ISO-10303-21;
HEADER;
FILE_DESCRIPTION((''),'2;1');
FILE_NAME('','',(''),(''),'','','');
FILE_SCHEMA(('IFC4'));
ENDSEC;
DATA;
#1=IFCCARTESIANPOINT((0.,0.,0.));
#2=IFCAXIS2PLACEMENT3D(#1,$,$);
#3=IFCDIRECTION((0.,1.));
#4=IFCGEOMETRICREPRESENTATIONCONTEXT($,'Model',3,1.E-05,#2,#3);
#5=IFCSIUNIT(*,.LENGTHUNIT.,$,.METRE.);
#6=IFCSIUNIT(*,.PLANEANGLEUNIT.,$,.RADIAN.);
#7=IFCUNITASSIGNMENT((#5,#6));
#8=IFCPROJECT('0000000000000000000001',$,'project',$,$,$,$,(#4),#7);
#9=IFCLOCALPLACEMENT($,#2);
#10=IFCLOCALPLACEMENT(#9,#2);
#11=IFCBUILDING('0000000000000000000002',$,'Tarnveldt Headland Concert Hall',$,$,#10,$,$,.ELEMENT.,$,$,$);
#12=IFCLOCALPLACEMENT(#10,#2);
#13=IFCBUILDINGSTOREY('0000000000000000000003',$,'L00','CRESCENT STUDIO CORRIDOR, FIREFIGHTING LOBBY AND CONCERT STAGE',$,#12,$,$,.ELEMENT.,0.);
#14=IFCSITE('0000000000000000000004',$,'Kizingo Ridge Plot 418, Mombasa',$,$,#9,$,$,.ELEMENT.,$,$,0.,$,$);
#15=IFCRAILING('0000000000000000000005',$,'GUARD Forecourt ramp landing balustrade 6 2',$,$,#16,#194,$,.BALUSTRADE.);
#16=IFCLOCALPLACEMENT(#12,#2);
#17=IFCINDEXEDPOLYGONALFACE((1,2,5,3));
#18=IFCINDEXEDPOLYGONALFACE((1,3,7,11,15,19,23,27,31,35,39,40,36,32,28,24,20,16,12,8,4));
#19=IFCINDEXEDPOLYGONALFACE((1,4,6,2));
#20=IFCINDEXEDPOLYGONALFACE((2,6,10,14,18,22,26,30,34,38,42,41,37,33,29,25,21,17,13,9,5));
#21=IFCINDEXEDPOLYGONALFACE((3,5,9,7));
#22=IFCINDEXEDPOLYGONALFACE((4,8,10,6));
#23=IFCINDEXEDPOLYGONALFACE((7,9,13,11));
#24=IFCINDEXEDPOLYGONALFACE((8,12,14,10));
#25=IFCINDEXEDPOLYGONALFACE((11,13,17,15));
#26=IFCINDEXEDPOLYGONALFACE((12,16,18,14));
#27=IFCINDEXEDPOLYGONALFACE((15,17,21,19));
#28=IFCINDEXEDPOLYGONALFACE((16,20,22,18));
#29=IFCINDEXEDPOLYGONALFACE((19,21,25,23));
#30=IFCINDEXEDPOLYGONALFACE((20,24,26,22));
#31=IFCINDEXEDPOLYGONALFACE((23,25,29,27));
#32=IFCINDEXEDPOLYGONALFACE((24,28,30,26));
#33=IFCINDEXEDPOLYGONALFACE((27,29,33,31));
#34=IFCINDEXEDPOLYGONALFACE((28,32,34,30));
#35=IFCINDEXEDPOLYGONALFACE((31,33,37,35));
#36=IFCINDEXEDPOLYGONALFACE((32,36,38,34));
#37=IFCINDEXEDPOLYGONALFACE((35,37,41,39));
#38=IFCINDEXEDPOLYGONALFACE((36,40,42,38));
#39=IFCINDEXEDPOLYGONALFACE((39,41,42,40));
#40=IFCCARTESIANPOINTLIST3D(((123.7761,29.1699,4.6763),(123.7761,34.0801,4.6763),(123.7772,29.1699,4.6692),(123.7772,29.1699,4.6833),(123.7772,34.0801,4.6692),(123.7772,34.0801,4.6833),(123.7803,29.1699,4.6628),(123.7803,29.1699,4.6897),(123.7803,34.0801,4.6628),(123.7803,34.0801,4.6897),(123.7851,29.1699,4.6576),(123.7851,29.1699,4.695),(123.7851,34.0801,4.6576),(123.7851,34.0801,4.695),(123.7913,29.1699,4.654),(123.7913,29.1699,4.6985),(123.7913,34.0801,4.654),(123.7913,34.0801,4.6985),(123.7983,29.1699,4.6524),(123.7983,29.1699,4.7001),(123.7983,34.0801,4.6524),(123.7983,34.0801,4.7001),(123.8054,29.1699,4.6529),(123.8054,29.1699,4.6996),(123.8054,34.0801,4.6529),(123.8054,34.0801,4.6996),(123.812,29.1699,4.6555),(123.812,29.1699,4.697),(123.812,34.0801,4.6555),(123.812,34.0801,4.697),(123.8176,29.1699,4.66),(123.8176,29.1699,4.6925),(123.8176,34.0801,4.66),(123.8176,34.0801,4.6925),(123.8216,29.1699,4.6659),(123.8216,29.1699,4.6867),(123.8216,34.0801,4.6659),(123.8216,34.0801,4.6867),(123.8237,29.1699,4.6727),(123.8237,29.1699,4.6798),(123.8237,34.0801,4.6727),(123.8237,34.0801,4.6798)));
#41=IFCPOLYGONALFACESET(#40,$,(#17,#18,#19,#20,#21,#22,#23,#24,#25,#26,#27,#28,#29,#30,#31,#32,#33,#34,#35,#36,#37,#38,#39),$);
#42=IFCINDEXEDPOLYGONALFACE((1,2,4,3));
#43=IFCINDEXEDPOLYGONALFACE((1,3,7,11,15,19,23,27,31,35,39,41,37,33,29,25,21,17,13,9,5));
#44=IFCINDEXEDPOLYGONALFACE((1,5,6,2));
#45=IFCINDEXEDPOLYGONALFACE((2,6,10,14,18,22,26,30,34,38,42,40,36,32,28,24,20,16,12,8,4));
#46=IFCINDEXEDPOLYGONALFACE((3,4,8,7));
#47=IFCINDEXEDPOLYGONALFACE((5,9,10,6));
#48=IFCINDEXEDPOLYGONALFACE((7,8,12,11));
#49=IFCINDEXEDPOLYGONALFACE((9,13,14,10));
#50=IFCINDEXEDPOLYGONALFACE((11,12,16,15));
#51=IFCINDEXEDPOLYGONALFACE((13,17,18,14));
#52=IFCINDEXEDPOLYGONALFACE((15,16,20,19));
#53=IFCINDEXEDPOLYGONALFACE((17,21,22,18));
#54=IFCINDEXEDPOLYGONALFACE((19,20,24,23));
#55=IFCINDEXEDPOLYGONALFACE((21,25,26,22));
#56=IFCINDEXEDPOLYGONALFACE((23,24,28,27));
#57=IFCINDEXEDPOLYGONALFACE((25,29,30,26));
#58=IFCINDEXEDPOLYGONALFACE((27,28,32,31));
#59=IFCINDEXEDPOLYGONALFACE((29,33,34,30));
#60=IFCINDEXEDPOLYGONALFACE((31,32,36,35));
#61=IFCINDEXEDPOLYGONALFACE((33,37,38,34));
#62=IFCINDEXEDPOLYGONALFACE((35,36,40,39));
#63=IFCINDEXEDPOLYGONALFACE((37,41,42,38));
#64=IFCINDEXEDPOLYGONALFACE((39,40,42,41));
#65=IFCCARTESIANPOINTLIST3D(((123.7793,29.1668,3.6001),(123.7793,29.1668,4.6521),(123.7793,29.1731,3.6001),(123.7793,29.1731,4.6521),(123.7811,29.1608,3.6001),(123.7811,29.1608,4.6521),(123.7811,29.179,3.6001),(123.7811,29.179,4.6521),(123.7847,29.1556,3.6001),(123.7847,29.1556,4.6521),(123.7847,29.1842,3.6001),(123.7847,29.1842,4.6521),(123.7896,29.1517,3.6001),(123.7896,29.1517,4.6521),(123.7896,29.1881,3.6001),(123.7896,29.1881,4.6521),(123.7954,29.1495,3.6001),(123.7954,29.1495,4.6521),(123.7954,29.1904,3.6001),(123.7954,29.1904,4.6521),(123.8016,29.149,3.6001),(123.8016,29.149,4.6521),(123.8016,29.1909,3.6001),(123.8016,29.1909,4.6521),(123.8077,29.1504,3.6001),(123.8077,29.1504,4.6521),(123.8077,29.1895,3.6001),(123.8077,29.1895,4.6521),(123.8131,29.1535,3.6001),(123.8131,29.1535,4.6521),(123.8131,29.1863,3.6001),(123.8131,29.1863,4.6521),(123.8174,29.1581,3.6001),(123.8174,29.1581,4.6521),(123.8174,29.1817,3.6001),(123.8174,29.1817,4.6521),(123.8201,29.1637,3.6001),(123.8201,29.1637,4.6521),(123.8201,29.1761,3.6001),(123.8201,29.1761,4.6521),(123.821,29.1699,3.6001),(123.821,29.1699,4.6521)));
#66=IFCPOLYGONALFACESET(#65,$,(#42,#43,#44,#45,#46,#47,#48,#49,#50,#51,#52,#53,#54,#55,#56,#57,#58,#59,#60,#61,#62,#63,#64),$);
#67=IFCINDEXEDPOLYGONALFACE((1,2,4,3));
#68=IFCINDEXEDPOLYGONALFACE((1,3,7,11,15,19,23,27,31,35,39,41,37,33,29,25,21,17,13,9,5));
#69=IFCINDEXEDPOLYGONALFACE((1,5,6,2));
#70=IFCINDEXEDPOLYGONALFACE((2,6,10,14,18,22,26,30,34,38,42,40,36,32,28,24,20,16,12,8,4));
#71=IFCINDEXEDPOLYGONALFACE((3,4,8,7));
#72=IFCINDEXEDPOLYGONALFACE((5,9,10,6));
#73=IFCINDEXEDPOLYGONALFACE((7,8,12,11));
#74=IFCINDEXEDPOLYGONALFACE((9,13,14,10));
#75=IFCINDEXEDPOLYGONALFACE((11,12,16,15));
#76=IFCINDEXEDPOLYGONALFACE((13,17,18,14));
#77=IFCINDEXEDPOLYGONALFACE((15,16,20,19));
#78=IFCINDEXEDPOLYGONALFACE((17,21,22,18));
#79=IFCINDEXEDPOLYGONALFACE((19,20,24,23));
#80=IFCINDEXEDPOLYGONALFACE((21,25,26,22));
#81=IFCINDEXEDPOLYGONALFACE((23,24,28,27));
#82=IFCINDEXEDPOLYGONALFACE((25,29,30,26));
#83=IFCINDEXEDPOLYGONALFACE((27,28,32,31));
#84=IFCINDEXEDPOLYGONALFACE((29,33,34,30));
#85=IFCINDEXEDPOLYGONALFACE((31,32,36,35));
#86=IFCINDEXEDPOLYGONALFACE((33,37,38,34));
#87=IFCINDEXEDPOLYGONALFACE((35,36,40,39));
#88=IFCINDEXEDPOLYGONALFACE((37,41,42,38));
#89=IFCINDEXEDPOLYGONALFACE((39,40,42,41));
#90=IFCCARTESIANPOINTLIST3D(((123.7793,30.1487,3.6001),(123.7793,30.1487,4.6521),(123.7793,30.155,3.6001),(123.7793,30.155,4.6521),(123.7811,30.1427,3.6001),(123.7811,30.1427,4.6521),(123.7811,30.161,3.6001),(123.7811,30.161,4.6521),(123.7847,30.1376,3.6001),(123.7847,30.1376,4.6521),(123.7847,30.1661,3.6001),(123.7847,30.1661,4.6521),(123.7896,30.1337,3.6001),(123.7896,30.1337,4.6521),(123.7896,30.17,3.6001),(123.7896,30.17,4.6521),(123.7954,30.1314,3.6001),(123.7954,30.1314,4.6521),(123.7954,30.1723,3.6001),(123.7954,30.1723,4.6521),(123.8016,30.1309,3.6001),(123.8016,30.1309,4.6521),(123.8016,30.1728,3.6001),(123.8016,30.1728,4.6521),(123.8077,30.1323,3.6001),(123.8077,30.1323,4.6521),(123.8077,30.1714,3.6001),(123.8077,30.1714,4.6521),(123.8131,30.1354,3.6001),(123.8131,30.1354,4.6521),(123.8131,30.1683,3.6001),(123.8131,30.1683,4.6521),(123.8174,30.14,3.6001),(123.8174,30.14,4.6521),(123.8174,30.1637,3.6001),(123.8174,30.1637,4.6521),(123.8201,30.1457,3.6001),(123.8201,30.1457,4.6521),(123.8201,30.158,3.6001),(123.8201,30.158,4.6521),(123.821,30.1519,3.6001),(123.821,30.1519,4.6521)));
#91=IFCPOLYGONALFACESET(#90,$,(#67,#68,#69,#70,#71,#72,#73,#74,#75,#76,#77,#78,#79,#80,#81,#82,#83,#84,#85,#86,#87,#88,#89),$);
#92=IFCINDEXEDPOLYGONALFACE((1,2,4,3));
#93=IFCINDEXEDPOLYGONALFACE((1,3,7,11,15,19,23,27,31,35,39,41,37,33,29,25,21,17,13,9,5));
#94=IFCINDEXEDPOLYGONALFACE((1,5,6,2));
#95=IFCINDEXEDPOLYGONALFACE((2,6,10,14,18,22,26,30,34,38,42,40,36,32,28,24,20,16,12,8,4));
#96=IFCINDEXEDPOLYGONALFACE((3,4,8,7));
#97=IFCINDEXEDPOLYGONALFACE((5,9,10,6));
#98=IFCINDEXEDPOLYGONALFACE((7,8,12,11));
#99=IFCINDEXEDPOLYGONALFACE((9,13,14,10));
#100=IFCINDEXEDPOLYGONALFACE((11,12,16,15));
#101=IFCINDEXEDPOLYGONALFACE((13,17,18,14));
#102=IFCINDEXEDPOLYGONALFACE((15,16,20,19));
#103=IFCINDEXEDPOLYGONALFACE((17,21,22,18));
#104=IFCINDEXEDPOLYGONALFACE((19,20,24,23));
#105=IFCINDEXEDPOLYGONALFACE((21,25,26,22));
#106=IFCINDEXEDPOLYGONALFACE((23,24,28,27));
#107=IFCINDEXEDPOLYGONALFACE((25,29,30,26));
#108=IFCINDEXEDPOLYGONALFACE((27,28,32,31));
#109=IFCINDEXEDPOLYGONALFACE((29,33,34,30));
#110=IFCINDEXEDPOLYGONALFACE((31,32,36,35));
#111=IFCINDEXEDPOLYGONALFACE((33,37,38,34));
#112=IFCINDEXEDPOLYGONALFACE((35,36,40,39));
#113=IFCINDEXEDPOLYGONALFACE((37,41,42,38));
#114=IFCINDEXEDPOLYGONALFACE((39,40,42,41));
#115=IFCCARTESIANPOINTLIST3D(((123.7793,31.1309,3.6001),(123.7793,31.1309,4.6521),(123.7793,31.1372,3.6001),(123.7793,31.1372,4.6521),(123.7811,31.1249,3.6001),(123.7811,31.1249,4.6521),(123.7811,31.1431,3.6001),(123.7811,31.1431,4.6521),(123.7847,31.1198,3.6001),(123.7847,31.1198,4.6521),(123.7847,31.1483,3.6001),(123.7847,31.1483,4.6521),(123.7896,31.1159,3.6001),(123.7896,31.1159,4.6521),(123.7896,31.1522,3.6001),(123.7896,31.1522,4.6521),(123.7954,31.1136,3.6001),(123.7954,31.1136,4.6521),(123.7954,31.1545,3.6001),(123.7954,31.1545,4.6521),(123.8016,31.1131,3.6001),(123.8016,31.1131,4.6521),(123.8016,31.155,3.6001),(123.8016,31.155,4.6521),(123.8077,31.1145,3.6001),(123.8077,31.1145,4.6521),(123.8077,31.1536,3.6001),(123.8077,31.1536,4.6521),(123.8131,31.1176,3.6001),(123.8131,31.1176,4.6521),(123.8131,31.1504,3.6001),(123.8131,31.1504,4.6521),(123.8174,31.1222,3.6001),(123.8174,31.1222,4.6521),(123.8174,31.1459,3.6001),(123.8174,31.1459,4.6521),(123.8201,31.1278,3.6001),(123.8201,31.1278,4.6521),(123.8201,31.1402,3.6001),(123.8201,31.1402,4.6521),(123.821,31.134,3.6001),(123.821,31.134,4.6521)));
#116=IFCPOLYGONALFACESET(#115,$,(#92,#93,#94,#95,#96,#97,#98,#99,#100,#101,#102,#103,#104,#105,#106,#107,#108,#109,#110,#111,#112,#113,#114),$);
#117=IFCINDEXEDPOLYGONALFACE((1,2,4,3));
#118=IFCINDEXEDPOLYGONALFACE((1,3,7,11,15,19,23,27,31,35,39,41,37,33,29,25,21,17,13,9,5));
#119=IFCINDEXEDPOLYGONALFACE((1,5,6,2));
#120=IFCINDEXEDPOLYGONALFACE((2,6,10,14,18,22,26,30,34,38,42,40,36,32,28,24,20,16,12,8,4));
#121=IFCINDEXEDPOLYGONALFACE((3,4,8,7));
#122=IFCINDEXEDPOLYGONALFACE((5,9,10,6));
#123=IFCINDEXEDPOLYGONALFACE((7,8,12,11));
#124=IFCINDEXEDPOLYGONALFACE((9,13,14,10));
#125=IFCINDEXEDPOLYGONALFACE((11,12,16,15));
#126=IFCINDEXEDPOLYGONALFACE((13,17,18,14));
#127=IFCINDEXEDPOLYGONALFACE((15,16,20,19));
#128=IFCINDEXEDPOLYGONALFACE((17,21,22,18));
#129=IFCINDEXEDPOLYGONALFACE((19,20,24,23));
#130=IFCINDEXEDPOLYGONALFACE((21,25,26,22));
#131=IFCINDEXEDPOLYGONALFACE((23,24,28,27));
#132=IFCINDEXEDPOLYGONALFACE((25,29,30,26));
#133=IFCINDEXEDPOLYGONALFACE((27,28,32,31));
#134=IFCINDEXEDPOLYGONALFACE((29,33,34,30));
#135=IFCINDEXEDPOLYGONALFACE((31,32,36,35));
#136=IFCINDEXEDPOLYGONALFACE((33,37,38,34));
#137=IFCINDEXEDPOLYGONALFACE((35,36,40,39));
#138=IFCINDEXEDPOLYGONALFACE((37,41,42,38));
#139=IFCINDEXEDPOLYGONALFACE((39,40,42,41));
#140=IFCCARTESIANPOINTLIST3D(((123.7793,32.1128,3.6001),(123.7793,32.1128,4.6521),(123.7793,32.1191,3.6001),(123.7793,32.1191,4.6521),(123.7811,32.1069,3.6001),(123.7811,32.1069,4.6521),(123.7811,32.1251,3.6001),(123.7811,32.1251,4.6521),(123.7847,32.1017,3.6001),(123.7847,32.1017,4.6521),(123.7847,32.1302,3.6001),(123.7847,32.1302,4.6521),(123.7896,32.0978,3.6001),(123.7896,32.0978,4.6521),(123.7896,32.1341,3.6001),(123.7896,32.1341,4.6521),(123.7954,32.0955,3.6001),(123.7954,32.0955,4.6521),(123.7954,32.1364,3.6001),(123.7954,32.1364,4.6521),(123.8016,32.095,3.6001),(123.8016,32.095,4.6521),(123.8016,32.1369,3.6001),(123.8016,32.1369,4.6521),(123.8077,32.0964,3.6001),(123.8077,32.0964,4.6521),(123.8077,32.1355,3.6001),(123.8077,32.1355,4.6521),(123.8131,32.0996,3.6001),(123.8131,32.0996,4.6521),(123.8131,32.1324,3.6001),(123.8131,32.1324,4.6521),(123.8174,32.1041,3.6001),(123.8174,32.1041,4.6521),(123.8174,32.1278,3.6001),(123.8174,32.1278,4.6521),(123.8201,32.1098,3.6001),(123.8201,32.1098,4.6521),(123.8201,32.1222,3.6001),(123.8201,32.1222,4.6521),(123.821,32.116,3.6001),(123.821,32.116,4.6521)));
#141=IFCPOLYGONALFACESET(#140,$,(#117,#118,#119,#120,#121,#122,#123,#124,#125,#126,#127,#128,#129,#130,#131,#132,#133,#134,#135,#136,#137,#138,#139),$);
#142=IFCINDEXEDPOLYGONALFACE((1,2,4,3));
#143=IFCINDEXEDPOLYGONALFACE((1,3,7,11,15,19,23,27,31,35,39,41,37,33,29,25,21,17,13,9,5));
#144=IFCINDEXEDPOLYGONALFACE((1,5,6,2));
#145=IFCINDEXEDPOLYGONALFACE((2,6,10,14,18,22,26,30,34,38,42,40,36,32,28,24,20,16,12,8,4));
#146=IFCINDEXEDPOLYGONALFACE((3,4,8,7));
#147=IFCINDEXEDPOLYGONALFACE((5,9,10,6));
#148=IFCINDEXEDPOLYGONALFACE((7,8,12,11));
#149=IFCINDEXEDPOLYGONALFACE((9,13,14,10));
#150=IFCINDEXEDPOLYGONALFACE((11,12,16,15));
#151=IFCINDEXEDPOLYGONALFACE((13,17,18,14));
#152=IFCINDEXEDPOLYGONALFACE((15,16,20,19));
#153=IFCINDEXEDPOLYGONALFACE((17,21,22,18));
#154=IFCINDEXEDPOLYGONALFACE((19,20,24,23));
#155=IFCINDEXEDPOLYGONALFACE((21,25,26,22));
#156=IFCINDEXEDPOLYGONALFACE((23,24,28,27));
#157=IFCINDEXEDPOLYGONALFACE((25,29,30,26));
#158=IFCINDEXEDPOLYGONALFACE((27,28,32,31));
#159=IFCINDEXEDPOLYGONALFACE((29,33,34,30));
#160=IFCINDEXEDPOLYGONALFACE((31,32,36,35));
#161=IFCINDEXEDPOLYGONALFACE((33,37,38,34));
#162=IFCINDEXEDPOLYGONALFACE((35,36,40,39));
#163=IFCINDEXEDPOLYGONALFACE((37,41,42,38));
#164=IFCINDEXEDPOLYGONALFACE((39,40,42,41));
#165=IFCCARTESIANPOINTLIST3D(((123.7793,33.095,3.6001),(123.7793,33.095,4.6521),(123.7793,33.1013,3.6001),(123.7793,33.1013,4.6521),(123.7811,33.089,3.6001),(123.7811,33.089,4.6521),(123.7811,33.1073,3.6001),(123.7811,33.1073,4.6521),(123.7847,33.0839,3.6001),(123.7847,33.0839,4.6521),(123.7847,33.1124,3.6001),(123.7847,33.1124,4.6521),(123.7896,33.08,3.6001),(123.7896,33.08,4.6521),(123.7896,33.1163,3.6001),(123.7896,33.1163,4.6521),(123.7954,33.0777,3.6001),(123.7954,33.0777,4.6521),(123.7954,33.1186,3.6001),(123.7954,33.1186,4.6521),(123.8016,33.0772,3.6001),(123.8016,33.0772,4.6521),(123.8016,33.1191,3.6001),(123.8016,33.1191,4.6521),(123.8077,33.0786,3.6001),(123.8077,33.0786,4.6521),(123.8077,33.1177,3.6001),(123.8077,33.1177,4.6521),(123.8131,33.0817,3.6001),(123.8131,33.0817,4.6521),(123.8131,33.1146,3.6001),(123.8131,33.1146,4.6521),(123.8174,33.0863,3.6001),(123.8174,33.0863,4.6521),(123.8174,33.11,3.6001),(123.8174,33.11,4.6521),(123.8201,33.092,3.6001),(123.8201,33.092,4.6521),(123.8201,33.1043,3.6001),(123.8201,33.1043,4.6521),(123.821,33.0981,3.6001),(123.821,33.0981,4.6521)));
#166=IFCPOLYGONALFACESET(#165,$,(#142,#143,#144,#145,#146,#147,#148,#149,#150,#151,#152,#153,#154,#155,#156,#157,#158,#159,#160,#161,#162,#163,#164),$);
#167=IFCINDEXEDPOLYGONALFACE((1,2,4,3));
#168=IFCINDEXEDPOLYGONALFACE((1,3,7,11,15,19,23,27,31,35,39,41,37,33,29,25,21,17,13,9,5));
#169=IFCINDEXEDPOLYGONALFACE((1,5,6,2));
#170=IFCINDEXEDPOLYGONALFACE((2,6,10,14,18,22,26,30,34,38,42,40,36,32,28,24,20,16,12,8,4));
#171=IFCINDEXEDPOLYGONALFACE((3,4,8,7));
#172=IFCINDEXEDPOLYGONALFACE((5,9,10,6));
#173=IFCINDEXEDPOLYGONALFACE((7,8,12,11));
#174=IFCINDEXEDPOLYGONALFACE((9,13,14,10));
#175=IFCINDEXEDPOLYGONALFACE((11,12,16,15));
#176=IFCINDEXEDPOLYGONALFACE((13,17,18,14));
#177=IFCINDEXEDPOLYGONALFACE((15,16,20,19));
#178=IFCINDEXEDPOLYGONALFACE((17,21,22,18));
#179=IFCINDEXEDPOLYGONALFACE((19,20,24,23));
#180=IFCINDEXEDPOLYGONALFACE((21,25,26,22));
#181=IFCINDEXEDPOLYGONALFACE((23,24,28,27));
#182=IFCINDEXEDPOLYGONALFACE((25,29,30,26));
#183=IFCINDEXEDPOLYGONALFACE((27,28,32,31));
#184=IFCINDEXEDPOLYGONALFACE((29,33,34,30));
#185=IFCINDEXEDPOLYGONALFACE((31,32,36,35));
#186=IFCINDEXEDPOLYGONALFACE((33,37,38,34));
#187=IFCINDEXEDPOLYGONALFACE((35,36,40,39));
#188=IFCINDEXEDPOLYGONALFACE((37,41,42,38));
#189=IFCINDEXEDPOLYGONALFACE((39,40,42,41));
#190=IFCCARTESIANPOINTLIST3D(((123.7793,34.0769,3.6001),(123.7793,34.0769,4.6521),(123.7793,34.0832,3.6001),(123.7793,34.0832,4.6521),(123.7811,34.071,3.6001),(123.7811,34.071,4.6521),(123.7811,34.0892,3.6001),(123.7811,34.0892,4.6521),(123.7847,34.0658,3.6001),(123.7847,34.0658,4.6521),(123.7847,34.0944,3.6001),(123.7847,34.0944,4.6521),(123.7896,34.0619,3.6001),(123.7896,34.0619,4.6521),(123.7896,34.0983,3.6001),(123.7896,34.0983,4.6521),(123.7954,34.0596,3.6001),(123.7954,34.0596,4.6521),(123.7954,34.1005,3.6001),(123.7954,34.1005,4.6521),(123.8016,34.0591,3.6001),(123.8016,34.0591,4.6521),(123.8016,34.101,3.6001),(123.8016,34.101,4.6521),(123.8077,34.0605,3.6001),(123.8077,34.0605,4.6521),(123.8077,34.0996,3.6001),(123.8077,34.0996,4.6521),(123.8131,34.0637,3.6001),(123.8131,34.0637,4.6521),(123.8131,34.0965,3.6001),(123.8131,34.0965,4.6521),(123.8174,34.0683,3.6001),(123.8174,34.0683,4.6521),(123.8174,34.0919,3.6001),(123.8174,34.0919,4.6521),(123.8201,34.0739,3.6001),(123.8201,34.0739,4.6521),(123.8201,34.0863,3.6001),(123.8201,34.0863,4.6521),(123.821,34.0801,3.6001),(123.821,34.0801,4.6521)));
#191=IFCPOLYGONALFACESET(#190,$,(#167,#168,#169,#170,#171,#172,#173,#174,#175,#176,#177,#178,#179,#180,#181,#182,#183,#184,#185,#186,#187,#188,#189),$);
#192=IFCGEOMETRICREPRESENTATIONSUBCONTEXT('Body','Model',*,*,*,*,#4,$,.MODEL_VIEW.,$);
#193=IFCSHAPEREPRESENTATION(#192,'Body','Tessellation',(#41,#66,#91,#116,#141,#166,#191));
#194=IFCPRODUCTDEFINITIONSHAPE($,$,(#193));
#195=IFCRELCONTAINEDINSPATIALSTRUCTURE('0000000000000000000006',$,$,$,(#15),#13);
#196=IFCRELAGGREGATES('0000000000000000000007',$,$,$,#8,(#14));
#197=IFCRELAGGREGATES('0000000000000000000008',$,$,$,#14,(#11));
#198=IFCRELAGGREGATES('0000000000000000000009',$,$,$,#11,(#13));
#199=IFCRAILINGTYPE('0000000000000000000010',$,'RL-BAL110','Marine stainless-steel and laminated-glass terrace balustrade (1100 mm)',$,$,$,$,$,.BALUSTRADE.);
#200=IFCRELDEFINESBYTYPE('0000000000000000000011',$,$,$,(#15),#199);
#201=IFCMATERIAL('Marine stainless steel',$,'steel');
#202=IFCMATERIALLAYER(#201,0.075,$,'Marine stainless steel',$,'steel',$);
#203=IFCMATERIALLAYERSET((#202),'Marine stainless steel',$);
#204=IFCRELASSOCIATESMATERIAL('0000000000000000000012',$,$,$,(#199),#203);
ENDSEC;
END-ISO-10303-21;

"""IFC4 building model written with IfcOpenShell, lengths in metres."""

from ifc_helpers import new_model, si_unit, direction, frame, origin, origin_2d, place, context, subcontext, project, spatial, circle, extrude, material, layer, layer_set, type_object, element, save


model = new_model("IFC4")

# Units and contexts
model_context = context("Model", 3, precision=1e-05, world=origin(), true_north=direction((0.0, 1.0)))
body_context = subcontext(model_context, "Body", "Model", "MODEL_VIEW")
ifc_project = project(units=[si_unit("LENGTHUNIT", "METRE"), si_unit("PLANEANGLEUNIT", "RADIAN")], contexts=[model_context])

# Site, building, storey
site_placement = place(None, origin())
site = spatial("IfcSite", under=ifc_project, at=site_placement, Name="Kizingo Ridge Plot 418, Mombasa", CompositionType="ELEMENT", RefElevation=0.0)
building_placement = place(site_placement, origin())
building = spatial("IfcBuilding", under=site, at=building_placement, Name="Tarnveldt Headland Concert Hall", CompositionType="ELEMENT")
storey_placement = place(building_placement, origin())
storey = spatial("IfcBuildingStorey", under=building, at=storey_placement, Name="L00", Description="CRESCENT STUDIO CORRIDOR, FIREFIGHTING LOBBY AND CONCERT STAGE", CompositionType="ELEMENT", Elevation=0.0)

# Railing
ifc_material_1 = material(Name="Marine stainless steel", Category="steel")
ifc_layer_1 = layer(ifc_material_1, 0.075, Name="Marine stainless steel", Category="steel")
ifc_layer_set_1 = layer_set([ifc_layer_1], Name="Marine stainless steel")
railing_type = type_object("IfcRailingType", Name="RL-BAL110", Description="Marine stainless-steel and laminated-glass terrace balustrade (1100 mm)", PredefinedType="BALUSTRADE", material=ifc_layer_set_1)
railing_1_placement = place(storey_placement, frame((123.8, 29.1699, 3.6001)))
element("IfcRailing", 1, at=railing_1_placement, inside=storey, type_object=railing_type, Name="GUARD Forecourt ramp landing balustrade 6 2", PredefinedType="BALUSTRADE", context=body_context, shape_type="SweptSolid", body=[
    extrude(circle(Radius=0.0239, at=origin_2d()), frame((0.0, 0.0, 1.0762), z_axis=(0.0, 1.0, 0.0), x_axis=(-1.0, 0.0, 0.0)), (0.0, 0.0, 1.0), 4.9102),
    extrude(circle(Radius=0.021, at=origin_2d()), origin(), (0.0, 0.0, 1.0), 1.052),
    extrude(circle(Radius=0.021, at=origin_2d()), frame((0.0, 0.9819, 0.0)), (0.0, 0.0, 1.0), 1.052),
    extrude(circle(Radius=0.021, at=origin_2d()), frame((0.0, 1.9641, 0.0)), (0.0, 0.0, 1.0), 1.052),
    extrude(circle(Radius=0.021, at=origin_2d()), frame((0.0, 2.946, 0.0)), (0.0, 0.0, 1.0), 1.052),
    extrude(circle(Radius=0.021, at=origin_2d()), frame((0.0, 3.9282, 0.0)), (0.0, 0.0, 1.0), 1.052),
    extrude(circle(Radius=0.021, at=origin_2d()), frame((0.0, 4.9102, 0.0)), (0.0, 0.0, 1.0), 1.052),
])

save(model, "model.ifc")
